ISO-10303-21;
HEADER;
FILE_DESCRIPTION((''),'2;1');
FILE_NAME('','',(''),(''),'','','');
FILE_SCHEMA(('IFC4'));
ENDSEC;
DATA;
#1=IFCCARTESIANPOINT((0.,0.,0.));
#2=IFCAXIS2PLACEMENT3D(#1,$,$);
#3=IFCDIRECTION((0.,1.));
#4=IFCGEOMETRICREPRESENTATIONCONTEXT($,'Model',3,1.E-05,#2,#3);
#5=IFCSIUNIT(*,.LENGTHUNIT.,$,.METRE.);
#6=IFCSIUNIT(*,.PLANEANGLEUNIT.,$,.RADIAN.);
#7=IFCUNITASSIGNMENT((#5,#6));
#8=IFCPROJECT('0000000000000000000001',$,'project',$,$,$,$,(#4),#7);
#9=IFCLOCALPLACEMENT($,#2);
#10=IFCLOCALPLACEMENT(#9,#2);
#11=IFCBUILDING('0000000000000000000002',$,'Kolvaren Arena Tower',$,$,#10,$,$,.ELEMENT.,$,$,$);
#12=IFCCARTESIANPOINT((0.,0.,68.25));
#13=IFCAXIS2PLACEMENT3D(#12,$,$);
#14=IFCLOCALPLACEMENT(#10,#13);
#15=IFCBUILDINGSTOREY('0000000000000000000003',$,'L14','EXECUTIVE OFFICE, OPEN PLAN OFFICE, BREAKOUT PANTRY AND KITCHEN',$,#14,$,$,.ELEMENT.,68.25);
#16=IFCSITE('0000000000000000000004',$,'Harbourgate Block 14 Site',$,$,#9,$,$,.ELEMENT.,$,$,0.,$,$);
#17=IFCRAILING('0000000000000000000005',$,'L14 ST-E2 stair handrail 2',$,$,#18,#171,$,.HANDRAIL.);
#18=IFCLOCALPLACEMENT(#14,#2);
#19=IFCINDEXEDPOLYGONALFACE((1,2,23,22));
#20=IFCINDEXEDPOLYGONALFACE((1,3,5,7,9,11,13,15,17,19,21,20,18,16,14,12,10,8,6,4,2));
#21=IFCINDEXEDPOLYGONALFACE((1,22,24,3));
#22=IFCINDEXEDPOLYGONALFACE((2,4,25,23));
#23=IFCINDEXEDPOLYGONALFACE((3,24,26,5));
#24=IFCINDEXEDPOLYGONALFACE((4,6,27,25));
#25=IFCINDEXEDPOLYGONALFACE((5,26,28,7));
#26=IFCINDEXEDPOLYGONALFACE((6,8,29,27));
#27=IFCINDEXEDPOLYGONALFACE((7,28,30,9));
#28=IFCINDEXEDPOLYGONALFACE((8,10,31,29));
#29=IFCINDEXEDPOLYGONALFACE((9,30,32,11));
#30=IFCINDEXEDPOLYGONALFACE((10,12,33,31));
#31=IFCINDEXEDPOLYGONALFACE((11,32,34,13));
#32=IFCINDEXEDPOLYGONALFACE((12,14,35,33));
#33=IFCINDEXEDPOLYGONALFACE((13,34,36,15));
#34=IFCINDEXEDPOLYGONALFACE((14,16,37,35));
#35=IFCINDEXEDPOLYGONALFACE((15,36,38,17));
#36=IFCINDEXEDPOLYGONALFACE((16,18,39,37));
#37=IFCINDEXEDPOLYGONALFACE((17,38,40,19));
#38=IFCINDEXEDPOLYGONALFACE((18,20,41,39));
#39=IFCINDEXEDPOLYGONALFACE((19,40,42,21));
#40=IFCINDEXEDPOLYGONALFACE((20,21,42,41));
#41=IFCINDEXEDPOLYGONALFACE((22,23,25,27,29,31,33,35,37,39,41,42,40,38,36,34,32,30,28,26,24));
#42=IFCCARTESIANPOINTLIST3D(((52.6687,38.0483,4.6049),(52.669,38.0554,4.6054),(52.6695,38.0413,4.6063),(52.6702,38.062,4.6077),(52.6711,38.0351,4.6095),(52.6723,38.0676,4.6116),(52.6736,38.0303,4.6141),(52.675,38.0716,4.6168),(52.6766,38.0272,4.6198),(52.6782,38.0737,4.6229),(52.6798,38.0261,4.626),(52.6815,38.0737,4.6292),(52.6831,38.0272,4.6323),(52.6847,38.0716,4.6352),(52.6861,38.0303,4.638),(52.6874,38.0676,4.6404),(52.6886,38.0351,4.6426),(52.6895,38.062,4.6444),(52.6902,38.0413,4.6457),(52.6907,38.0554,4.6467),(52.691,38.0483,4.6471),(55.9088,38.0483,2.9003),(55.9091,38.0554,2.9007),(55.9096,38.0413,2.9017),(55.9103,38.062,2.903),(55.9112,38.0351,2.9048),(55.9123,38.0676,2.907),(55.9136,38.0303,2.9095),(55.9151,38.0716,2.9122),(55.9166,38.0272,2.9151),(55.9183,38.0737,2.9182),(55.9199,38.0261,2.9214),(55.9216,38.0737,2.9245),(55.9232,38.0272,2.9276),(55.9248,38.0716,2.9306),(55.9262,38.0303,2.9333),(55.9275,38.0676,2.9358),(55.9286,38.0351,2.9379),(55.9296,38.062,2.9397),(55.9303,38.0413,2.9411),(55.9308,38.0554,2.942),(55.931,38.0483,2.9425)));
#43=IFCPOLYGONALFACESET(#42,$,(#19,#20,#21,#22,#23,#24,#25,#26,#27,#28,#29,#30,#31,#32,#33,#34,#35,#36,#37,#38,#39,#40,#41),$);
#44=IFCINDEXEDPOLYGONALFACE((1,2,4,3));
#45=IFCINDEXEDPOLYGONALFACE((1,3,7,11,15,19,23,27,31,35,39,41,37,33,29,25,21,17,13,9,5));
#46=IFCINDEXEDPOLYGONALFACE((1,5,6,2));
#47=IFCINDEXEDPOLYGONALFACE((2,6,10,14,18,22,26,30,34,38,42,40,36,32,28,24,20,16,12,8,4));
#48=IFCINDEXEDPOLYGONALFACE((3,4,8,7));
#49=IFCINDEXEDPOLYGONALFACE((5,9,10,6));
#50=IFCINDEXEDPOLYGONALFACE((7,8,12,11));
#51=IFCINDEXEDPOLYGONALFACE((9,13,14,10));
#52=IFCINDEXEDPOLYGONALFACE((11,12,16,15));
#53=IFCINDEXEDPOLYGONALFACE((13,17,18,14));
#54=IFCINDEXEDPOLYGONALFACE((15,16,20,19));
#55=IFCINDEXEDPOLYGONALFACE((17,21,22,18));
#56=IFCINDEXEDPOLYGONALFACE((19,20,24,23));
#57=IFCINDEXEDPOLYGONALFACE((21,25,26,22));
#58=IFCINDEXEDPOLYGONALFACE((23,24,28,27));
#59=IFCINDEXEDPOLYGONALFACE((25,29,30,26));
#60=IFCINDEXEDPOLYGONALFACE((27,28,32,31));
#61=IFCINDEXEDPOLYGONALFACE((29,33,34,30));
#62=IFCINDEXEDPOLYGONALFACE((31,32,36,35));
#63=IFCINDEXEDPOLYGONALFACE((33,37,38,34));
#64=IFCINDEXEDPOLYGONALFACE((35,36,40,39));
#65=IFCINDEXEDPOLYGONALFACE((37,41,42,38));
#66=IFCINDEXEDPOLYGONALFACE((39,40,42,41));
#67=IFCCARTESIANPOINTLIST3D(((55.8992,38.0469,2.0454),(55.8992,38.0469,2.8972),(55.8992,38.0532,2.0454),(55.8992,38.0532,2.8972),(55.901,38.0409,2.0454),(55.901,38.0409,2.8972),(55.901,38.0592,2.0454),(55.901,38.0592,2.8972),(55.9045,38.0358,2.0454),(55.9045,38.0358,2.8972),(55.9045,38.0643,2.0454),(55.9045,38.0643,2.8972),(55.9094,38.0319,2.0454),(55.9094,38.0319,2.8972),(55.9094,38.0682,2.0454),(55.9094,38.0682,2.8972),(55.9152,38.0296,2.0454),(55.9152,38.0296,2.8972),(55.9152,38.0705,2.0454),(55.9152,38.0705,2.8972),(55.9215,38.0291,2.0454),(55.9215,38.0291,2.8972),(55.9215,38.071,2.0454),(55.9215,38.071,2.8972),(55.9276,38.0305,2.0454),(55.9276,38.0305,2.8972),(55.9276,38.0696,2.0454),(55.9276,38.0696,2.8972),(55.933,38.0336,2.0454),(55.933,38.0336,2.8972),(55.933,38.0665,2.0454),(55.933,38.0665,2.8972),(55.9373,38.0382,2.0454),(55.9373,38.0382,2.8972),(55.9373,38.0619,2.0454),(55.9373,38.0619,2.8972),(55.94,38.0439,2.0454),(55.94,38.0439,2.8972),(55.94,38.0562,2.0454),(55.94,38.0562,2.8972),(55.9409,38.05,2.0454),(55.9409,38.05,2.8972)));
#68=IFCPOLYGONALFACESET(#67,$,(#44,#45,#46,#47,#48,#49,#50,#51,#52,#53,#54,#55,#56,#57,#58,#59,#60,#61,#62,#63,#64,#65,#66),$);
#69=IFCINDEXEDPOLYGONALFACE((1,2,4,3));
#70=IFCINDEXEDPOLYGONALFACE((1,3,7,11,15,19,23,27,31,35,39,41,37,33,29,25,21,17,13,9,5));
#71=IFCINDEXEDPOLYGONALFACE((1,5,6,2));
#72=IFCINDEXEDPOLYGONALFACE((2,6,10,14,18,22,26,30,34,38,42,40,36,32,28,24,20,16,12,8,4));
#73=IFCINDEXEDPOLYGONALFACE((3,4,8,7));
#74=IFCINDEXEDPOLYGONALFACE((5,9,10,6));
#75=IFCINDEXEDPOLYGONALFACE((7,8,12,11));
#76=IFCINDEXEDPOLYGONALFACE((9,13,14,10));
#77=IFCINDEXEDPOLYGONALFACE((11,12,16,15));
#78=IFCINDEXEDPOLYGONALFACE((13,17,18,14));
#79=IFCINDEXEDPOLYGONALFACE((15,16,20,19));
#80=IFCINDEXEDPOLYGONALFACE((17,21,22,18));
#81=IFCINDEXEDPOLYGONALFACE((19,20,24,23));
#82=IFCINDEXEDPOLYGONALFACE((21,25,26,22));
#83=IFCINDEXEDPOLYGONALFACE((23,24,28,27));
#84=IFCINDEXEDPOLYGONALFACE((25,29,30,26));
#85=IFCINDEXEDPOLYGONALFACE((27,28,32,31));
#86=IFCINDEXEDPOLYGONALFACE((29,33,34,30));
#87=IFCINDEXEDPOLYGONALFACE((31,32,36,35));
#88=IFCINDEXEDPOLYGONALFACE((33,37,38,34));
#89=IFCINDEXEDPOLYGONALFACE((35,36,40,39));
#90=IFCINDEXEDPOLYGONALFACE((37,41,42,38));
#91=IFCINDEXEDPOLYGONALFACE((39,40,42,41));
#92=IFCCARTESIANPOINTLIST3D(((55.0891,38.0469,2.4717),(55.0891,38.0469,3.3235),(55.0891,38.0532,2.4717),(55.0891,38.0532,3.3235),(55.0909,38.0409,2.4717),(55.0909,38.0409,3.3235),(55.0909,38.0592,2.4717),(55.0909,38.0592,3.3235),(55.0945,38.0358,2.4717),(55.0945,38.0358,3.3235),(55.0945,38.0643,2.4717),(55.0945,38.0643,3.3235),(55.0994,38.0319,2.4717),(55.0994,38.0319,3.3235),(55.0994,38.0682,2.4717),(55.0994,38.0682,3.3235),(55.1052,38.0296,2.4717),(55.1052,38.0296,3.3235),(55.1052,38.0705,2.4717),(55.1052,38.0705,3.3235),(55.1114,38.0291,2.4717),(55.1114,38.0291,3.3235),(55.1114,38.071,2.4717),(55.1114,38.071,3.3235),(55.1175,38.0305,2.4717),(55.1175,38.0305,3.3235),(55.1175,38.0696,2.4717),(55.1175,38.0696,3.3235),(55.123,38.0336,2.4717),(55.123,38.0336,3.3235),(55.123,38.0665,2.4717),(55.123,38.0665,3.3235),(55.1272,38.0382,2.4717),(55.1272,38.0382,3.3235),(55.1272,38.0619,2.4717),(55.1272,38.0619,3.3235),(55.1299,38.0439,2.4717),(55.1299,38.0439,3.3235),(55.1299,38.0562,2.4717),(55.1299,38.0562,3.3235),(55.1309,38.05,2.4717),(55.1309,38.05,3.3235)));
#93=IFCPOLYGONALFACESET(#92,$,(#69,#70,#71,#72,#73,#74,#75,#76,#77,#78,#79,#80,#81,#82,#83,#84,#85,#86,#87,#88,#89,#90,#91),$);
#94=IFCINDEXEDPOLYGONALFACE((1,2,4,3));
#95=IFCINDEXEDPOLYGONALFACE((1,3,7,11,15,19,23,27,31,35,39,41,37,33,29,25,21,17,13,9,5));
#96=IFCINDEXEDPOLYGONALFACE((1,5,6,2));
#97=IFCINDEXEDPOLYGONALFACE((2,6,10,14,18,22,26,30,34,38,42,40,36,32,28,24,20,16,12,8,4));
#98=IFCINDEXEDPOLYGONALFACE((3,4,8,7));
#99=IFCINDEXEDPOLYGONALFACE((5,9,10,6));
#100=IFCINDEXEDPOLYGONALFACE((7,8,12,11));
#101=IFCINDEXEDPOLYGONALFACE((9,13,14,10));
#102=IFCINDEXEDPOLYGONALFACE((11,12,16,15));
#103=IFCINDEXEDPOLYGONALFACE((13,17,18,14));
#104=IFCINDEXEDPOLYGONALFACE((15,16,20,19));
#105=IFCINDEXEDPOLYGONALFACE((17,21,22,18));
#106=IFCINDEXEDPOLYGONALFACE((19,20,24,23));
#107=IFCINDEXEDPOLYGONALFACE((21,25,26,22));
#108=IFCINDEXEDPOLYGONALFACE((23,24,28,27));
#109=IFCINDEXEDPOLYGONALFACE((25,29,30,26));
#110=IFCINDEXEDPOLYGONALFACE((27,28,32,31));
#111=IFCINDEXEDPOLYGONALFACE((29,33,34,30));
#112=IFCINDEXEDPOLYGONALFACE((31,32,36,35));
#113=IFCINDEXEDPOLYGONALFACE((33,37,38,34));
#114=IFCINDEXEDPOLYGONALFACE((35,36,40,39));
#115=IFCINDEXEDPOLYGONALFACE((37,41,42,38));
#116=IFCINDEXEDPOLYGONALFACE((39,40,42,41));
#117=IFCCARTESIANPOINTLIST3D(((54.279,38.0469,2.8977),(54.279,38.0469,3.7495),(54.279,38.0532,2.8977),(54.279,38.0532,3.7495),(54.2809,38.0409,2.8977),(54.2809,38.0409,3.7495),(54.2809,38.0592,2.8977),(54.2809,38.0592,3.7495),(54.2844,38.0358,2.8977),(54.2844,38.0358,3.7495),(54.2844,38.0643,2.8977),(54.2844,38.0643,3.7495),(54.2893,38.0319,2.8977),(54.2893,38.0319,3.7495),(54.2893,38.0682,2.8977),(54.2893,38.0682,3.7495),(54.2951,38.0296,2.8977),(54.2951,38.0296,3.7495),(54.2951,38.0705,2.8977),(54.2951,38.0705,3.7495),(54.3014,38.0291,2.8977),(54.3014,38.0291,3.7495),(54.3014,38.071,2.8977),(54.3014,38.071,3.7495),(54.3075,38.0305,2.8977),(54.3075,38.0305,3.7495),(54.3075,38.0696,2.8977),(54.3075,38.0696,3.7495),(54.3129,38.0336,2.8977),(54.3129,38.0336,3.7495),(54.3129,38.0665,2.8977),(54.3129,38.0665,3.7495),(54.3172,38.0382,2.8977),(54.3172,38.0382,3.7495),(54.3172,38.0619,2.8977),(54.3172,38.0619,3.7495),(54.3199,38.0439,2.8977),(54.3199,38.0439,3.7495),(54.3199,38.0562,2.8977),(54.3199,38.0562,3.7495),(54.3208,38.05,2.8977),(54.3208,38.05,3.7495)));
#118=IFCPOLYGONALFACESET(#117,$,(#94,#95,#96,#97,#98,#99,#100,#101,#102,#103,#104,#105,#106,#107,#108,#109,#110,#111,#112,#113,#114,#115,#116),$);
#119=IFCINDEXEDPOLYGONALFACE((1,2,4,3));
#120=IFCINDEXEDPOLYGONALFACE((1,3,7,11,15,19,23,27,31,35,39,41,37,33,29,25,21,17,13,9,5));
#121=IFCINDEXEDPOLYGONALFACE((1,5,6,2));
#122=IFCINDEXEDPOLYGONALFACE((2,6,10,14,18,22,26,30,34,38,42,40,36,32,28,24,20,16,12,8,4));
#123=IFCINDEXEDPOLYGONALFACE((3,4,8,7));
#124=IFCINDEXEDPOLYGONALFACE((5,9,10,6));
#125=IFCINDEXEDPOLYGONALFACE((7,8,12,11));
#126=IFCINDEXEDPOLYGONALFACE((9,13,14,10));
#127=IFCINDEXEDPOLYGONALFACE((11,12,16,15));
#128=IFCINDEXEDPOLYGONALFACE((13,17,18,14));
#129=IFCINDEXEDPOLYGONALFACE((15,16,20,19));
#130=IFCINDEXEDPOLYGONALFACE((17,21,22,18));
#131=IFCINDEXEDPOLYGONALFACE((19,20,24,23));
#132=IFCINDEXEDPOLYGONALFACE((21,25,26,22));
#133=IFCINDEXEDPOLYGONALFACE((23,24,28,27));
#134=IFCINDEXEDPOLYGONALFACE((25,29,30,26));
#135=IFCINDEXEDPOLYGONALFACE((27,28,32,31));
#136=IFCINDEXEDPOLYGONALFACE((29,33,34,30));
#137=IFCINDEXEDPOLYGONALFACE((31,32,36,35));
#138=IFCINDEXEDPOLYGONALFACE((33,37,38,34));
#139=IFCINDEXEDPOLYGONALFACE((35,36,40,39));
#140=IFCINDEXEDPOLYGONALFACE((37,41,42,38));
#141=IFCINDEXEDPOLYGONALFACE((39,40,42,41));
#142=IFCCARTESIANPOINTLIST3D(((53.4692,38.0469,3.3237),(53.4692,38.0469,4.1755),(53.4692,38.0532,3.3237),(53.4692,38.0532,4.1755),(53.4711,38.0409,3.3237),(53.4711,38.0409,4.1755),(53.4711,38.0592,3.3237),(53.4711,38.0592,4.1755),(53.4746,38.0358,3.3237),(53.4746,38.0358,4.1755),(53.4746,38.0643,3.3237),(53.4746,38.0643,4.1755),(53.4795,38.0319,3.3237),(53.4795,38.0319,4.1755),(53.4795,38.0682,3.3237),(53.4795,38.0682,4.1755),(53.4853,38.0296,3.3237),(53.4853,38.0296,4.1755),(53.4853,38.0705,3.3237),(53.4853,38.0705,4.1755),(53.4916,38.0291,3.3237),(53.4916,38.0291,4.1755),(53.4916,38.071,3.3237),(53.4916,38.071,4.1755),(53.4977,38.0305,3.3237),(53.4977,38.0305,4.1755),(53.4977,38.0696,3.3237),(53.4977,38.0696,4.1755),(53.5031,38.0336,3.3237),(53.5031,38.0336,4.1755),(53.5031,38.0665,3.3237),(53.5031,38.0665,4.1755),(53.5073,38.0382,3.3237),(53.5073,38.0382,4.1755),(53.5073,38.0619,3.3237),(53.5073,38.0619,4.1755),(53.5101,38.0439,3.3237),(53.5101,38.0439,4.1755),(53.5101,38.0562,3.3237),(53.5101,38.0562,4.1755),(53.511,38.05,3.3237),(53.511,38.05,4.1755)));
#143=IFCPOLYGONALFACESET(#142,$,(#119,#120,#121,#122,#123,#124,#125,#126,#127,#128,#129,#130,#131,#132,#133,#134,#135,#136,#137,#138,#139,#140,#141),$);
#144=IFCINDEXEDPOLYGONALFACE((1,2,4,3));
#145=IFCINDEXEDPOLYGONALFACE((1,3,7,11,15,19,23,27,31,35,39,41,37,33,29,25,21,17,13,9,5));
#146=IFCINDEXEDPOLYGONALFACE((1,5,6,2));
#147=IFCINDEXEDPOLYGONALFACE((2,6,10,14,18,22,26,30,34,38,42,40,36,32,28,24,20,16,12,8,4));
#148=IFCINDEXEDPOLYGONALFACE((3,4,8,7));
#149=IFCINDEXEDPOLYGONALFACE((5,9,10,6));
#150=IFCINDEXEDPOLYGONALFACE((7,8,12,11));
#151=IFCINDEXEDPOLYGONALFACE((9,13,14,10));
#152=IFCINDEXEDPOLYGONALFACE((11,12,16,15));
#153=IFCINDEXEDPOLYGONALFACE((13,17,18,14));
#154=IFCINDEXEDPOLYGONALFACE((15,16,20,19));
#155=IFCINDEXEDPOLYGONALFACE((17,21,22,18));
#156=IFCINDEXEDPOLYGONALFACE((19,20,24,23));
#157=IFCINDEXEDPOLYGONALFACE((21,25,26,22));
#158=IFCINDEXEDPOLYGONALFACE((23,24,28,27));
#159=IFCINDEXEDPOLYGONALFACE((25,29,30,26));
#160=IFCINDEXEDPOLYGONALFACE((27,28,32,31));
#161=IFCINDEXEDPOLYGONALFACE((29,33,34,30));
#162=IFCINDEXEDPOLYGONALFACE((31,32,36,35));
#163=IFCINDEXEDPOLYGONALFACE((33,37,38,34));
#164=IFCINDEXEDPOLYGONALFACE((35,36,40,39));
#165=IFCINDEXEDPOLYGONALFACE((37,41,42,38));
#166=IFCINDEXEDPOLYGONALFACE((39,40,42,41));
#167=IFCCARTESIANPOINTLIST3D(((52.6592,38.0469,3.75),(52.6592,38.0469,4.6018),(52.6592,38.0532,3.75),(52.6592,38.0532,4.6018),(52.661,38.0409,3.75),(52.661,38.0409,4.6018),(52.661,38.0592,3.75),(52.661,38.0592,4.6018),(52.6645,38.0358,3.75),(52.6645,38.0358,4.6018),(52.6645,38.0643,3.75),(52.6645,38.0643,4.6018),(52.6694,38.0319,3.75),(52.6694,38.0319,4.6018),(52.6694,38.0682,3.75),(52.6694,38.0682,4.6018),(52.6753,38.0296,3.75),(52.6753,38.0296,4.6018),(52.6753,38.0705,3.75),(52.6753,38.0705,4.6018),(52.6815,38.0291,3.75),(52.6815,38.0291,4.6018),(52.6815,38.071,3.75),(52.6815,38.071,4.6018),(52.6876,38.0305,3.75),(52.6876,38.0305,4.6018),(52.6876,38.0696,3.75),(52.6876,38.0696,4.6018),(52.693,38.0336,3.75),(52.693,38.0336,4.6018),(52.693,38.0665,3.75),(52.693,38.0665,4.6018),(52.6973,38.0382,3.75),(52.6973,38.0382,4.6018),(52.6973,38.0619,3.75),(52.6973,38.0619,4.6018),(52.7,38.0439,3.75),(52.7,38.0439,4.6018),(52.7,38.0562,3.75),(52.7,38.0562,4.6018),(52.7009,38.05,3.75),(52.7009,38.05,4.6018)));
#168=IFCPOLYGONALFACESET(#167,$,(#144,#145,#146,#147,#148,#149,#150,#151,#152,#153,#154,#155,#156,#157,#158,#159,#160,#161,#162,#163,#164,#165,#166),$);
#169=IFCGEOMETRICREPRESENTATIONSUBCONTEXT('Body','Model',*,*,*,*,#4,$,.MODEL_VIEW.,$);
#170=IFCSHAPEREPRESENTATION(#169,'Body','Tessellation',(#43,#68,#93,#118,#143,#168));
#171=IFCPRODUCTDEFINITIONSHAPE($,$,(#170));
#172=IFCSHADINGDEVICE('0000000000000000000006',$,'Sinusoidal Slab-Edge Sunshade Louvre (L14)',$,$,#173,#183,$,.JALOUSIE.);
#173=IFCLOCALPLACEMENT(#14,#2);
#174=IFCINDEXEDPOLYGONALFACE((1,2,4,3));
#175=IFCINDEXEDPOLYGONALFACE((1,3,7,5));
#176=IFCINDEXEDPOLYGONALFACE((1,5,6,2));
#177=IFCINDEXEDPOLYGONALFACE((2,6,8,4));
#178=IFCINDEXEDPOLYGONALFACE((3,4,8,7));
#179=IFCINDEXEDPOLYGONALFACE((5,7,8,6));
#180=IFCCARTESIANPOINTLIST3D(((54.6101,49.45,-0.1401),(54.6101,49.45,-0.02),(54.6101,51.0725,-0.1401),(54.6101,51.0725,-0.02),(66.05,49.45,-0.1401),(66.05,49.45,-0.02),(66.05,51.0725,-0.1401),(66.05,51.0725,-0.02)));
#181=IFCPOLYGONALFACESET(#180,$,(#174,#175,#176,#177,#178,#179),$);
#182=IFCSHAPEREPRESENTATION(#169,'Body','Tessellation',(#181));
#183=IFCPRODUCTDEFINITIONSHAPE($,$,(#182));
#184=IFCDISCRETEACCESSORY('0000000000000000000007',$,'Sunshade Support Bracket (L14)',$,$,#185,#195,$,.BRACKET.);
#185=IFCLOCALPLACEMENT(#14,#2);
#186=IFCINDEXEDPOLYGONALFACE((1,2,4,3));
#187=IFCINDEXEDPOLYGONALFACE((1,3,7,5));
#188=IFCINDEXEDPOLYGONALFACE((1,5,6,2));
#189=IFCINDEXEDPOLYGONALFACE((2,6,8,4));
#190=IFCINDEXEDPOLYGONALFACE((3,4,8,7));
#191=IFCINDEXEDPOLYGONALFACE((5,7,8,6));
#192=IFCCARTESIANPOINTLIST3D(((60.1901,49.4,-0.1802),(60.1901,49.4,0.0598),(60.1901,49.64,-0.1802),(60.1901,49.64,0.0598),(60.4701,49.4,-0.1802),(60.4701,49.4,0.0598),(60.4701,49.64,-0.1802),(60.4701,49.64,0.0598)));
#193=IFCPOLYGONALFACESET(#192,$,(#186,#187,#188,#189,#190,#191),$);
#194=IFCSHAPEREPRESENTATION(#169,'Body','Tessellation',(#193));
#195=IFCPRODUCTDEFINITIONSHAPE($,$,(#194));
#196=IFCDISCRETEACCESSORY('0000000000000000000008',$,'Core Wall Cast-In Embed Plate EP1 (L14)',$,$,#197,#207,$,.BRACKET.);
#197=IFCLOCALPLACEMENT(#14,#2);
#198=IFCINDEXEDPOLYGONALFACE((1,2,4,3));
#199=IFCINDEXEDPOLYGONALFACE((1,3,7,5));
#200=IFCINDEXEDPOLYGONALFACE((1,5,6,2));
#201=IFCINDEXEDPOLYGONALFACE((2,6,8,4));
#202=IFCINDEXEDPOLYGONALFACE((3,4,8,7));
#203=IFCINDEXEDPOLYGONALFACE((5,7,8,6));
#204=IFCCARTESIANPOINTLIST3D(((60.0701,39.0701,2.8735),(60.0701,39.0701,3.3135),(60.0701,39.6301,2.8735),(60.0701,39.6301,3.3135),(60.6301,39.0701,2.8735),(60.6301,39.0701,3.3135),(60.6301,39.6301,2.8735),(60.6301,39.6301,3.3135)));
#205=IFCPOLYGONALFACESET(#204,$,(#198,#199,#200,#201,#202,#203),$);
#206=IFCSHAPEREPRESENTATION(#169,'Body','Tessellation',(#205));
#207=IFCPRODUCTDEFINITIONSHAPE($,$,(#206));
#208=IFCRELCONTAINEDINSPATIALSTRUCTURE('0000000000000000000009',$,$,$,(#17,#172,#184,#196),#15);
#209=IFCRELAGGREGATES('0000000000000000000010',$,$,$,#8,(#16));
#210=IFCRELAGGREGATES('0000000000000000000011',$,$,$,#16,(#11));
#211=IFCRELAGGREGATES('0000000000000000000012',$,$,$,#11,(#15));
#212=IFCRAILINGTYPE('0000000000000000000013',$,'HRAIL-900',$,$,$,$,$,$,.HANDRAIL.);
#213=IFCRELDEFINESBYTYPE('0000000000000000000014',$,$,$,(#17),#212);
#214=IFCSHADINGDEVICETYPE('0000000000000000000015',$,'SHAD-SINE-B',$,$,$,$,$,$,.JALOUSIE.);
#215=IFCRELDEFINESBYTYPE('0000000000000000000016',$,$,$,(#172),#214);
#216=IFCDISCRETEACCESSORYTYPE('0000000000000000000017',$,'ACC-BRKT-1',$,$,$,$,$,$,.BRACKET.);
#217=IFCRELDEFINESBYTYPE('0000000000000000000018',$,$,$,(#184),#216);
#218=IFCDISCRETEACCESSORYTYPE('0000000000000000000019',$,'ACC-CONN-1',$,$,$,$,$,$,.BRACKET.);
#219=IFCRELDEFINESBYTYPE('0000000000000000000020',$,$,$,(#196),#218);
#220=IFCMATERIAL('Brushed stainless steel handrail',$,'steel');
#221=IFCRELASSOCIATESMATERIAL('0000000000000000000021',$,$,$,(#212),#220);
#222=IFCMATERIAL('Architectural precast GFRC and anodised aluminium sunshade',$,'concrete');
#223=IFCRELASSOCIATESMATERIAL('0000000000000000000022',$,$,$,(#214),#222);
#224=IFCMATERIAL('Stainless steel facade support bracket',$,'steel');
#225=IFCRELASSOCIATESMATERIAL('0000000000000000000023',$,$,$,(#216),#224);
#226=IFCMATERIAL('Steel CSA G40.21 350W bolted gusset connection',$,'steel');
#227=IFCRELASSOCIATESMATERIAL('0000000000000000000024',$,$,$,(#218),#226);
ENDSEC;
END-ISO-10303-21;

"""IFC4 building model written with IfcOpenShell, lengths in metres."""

from ifc_helpers import new_model, si_unit, direction, frame, origin, origin_2d, place, context, subcontext, project, spatial, rectangle, circle, extrude, material, type_object, element, save


model = new_model("IFC4")

# Units and contexts
model_context = context("Model", 3, precision=1e-05, world=origin(), true_north=direction((0.0, 1.0)))
body_context = subcontext(model_context, "Body", "Model", "MODEL_VIEW")
ifc_project = project(units=[si_unit("LENGTHUNIT", "METRE"), si_unit("PLANEANGLEUNIT", "RADIAN")], contexts=[model_context])

# Site, building, storey
site_placement = place(None, origin())
site = spatial("IfcSite", under=ifc_project, at=site_placement, Name="Harbourgate Block 14 Site", CompositionType="ELEMENT", RefElevation=0.0)
building_placement = place(site_placement, origin())
building = spatial("IfcBuilding", under=site, at=building_placement, Name="Kolvaren Arena Tower", CompositionType="ELEMENT")
storey_placement = place(building_placement, frame((0.0, 0.0, 68.25)))
storey = spatial("IfcBuildingStorey", under=building, at=storey_placement, Name="L14", Description="EXECUTIVE OFFICE, OPEN PLAN OFFICE, BREAKOUT PANTRY AND KITCHEN", CompositionType="ELEMENT", Elevation=68.25)

# Railing
ifc_material_1 = material(Name="Brushed stainless steel handrail", Category="steel")
railing_type = type_object("IfcRailingType", Name="HRAIL-900", PredefinedType="HANDRAIL", material=ifc_material_1)
railing_placement = place(storey_placement, frame((55.9199, 38.05, 2.0454)))
element("IfcRailing", 1, at=railing_placement, inside=storey, type_object=railing_type, Name="L14 ST-E2 stair handrail 2", PredefinedType="HANDRAIL", context=body_context, shape_type="SweptSolid", body=[
    extrude(circle(Radius=0.0239, at=origin_2d()), frame((0.0, 0.0, 0.876), z_axis=(-0.884993, 0.0, 0.465604), x_axis=(0.0, -1.0, 0.0)), (0.0, 0.0, 1.0), 3.6611),
    extrude(circle(Radius=0.021, at=origin_2d()), origin(), (0.0, 0.0, 1.0), 0.8518),
    extrude(circle(Radius=0.021, at=origin_2d()), frame((-0.8101, 0.0, 0.4263)), (0.0, 0.0, 1.0), 0.8518),
    extrude(circle(Radius=0.021, at=origin_2d()), frame((-1.6201, 0.0, 0.8523)), (0.0, 0.0, 1.0), 0.8518),
    extrude(circle(Radius=0.021, at=origin_2d()), frame((-2.4299, 0.0, 1.2783)), (0.0, 0.0, 1.0), 0.8518),
    extrude(circle(Radius=0.021, at=origin_2d()), frame((-3.24, 0.0, 1.7046)), (0.0, 0.0, 1.0), 0.8518),
])

# Shading device
ifc_material_2 = material(Name="Architectural precast GFRC and anodised aluminium sunshade", Category="concrete")
shading_device_type = type_object("IfcShadingDeviceType", Name="SHAD-SINE-B", PredefinedType="JALOUSIE", material=ifc_material_2)
shading_device_placement = place(storey_placement, frame((60.3301, 50.2612, -0.1401), z_axis=(0.0, 0.0, 1.0), x_axis=(1.0, 0.0, 0.0)))
element("IfcShadingDevice", 2, at=shading_device_placement, inside=storey, type_object=shading_device_type, Name="Sinusoidal Slab-Edge Sunshade Louvre (L14)", PredefinedType="JALOUSIE", context=body_context, shape_type="SweptSolid", body=[
    extrude(rectangle(XDim=11.4399, YDim=1.6226, at=origin_2d()), origin(), (0.0, 0.0, 1.0), 0.1201),
])

# Discrete accessories
ifc_material_3 = material(Name="Stainless steel facade support bracket", Category="steel")
discrete_accessory_type_1 = type_object("IfcDiscreteAccessoryType", Name="ACC-BRKT-1", PredefinedType="BRACKET", material=ifc_material_3)
discrete_accessory_1_placement = place(storey_placement, frame((60.3301, 49.52, -0.1802), z_axis=(0.0, 0.0, 1.0), x_axis=(1.0, 0.0, 0.0)))
element("IfcDiscreteAccessory", 3, at=discrete_accessory_1_placement, inside=storey, type_object=discrete_accessory_type_1, Name="Sunshade Support Bracket (L14)", PredefinedType="BRACKET", context=body_context, shape_type="SweptSolid", body=[
    extrude(rectangle(XDim=0.28, YDim=0.24, at=origin_2d()), origin(), (0.0, 0.0, 1.0), 0.24),
])
ifc_material_4 = material(Name="Steel CSA G40.21 350W bolted gusset connection", Category="steel")
discrete_accessory_type_2 = type_object("IfcDiscreteAccessoryType", Name="ACC-CONN-1", PredefinedType="BRACKET", material=ifc_material_4)
discrete_accessory_2_placement = place(storey_placement, frame((60.3501, 39.3501, 2.8735), z_axis=(0.0, 0.0, 1.0), x_axis=(1.0, 0.0, 0.0)))
element("IfcDiscreteAccessory", 4, at=discrete_accessory_2_placement, inside=storey, type_object=discrete_accessory_type_2, Name="Core Wall Cast-In Embed Plate EP1 (L14)", PredefinedType="BRACKET", context=body_context, shape_type="SweptSolid", body=[
    extrude(rectangle(XDim=0.5601, YDim=0.5601, at=origin_2d()), origin(), (0.0, 0.0, 1.0), 0.4399),
])

save(model, "model.ifc")
